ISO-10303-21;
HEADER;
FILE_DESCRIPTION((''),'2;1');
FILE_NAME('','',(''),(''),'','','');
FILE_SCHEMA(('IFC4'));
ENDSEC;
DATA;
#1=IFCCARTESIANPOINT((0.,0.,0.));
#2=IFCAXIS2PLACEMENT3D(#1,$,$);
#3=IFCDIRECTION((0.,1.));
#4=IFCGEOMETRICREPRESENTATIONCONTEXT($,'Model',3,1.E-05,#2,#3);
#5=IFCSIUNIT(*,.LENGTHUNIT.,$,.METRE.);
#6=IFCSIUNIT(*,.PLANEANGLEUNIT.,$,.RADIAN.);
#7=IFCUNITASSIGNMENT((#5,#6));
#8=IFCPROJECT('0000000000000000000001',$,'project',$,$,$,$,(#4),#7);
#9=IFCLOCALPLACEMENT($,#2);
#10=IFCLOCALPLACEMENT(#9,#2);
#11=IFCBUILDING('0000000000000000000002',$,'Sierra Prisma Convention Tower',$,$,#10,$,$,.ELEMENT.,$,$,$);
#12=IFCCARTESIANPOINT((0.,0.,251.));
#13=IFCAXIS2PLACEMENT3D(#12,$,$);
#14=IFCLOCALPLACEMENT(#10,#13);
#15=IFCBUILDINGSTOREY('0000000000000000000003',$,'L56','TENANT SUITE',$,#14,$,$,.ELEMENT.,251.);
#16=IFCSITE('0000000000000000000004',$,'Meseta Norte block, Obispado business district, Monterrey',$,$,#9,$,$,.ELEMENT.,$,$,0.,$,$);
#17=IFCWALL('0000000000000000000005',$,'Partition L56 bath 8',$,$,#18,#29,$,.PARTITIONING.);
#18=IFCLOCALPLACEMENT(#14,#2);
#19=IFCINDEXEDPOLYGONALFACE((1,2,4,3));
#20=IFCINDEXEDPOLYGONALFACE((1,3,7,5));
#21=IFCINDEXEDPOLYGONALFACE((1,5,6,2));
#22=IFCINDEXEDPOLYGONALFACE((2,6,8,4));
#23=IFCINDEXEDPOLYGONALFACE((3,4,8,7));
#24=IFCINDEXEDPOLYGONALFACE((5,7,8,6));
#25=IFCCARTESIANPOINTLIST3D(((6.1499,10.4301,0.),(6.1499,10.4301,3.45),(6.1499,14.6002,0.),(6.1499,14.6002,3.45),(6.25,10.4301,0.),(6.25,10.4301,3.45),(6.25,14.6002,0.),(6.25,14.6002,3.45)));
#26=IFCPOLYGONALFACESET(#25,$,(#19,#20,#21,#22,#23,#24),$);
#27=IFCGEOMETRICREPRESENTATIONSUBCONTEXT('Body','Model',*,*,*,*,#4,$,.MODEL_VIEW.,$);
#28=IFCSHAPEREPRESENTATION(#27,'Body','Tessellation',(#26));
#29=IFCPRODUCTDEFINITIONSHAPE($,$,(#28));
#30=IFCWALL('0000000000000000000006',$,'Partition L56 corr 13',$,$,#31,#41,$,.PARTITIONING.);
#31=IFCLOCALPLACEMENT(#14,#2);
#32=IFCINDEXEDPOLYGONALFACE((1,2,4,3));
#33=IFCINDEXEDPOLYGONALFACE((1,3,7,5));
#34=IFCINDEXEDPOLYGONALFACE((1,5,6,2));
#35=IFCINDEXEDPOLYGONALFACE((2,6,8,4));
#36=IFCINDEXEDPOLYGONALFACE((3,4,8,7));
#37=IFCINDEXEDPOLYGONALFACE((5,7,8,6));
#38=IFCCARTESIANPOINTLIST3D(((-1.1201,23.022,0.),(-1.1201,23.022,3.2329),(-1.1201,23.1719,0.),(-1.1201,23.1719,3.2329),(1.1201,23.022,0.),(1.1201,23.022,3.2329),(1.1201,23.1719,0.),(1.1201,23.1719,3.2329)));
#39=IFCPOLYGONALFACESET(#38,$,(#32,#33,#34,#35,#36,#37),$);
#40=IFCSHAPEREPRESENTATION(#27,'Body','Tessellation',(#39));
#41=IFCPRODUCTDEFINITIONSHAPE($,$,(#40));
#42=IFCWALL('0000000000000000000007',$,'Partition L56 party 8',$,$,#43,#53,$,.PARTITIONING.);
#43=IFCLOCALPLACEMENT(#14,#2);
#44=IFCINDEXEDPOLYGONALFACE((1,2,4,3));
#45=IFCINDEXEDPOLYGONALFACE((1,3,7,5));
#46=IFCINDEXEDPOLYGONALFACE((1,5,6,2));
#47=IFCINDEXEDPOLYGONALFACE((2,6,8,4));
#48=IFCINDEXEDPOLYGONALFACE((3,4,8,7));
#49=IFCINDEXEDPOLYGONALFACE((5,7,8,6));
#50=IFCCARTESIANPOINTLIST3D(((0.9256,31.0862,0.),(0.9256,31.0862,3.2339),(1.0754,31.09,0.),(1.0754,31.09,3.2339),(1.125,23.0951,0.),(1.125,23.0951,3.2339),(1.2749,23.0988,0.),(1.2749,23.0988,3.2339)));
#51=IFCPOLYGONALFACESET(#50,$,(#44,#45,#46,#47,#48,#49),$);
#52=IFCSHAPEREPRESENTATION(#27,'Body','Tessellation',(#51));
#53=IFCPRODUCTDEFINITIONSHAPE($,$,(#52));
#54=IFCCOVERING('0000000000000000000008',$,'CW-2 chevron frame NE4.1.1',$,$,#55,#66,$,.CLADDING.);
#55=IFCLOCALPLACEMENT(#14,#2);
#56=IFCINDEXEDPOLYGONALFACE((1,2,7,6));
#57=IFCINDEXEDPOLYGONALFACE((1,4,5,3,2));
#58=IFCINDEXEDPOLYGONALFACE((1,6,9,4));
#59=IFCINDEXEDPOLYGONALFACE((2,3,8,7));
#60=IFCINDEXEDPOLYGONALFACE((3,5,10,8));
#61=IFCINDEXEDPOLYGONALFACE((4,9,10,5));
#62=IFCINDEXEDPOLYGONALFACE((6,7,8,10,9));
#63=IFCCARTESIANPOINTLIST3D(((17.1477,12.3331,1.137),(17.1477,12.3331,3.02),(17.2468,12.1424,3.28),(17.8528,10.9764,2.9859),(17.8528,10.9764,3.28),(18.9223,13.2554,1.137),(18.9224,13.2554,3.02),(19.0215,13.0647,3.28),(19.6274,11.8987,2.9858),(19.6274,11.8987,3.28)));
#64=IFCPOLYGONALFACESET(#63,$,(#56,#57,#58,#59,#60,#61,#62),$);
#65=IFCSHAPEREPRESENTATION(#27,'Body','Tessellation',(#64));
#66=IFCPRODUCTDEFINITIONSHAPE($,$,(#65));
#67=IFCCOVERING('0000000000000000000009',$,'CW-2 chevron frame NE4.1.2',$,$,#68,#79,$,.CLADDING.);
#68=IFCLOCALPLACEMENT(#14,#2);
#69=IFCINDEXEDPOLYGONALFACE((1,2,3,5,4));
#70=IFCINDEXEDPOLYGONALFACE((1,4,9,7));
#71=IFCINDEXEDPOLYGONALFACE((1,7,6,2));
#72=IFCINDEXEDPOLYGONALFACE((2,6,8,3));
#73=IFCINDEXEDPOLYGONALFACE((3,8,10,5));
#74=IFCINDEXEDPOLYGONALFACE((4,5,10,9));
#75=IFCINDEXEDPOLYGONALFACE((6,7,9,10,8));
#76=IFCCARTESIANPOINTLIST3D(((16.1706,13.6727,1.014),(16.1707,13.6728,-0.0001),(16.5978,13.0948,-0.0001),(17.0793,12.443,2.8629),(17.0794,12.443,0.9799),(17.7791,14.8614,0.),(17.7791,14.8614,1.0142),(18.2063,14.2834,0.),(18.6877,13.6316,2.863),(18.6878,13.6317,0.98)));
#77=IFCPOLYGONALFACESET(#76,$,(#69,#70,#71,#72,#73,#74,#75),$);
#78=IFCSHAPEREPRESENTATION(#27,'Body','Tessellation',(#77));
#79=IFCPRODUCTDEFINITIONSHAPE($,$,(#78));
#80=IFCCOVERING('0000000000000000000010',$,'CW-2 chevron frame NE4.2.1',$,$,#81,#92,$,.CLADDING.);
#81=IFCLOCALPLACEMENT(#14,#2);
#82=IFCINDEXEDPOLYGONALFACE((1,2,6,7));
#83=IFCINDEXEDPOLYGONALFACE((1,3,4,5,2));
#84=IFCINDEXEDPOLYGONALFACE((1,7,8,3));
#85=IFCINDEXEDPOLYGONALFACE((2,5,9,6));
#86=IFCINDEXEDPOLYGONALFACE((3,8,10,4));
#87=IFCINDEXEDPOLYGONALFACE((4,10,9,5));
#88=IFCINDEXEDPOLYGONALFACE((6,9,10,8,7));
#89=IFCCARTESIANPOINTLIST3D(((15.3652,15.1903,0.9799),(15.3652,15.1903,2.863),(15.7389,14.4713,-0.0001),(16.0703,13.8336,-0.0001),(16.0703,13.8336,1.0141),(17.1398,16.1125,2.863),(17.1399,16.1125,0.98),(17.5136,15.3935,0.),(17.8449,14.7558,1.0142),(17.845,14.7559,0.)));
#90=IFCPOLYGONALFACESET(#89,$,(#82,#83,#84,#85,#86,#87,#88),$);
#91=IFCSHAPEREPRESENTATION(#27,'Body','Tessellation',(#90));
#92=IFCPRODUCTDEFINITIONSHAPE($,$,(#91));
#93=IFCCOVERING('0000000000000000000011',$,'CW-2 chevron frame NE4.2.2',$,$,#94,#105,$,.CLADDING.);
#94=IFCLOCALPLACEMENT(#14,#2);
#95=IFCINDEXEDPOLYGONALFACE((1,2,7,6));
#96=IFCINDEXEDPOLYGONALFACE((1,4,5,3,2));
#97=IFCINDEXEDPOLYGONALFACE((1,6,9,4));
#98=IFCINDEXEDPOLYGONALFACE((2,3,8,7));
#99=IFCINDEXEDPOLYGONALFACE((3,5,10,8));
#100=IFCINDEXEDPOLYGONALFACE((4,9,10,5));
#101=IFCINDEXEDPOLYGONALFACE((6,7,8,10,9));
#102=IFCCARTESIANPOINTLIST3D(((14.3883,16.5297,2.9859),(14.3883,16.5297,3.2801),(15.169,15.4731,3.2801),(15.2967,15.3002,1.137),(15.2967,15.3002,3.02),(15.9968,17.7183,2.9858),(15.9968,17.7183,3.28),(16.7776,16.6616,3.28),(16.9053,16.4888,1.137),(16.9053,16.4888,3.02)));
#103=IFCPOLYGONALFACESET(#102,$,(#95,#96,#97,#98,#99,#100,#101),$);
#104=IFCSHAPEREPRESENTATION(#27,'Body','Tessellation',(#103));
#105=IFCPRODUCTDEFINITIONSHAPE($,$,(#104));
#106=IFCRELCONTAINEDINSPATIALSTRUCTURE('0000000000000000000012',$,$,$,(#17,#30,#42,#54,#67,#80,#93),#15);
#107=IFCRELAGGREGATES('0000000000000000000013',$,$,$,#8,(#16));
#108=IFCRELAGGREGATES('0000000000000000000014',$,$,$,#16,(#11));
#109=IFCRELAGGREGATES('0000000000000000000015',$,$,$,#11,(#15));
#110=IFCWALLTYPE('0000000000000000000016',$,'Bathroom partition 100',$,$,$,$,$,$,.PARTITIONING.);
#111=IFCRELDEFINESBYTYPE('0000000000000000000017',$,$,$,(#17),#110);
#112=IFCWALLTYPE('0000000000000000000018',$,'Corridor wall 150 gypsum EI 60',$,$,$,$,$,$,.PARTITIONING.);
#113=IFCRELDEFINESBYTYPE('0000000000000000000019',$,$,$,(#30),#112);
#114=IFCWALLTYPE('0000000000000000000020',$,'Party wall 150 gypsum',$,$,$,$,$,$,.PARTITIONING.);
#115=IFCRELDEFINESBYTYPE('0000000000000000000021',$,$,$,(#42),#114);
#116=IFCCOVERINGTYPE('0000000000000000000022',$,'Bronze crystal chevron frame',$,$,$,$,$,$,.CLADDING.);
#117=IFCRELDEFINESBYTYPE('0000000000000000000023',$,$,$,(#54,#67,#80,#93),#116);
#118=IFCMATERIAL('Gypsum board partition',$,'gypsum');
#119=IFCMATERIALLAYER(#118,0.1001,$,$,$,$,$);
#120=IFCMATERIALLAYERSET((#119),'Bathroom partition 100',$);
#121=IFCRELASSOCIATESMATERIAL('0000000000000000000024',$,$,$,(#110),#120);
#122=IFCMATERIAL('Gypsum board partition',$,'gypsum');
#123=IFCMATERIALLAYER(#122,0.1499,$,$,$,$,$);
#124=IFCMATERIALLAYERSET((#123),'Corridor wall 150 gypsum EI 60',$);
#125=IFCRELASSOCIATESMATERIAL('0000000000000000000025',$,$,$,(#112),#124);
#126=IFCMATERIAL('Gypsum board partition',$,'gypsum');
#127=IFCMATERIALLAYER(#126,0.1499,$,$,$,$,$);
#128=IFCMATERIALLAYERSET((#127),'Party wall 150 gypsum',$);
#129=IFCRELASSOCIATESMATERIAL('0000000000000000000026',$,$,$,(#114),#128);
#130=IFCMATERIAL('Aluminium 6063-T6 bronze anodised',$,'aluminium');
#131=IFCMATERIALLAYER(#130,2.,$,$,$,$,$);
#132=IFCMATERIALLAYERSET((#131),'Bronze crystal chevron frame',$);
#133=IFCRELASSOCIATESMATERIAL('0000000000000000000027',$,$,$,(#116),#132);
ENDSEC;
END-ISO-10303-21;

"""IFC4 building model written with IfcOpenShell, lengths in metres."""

from ifc_helpers import new_model, si_unit, direction, frame, frame_2d, origin, place, context, subcontext, project, spatial, polyline, rectangle, outline, extrude, material, layer, layer_set, type_object, element, save


model = new_model("IFC4")

# Units and contexts
model_context = context("Model", 3, precision=1e-05, world=origin(), true_north=direction((0.0, 1.0)))
body_context = subcontext(model_context, "Body", "Model", "MODEL_VIEW")
ifc_project = project(units=[si_unit("LENGTHUNIT", "METRE"), si_unit("PLANEANGLEUNIT", "RADIAN")], contexts=[model_context])

# Site, building, storey
site_placement = place(None, origin())
site = spatial("IfcSite", under=ifc_project, at=site_placement, Name="Meseta Norte block, Obispado business district, Monterrey", CompositionType="ELEMENT", RefElevation=0.0)
building_placement = place(site_placement, origin())
building = spatial("IfcBuilding", under=site, at=building_placement, Name="Sierra Prisma Convention Tower", CompositionType="ELEMENT")
storey_placement = place(building_placement, frame((0.0, 0.0, 251.0)))
storey = spatial("IfcBuildingStorey", under=building, at=storey_placement, Name="L56", Description="TENANT SUITE", CompositionType="ELEMENT", Elevation=251.0)

# Walls
ifc_material_1 = material(Name="Gypsum board partition", Category="gypsum")
ifc_layer_1 = layer(ifc_material_1, 0.1001)
ifc_layer_set_1 = layer_set([ifc_layer_1], Name="Bathroom partition 100")
wall_type_1 = type_object("IfcWallType", Name="Bathroom partition 100", PredefinedType="PARTITIONING", material=ifc_layer_set_1)
wall_1_placement = place(storey_placement, frame((6.2, 14.6001, 0.0), z_axis=(0.0, 0.0, 1.0), x_axis=(0.0, -1.0, 0.0)))
element("IfcWall", 1, at=wall_1_placement, inside=storey, type_object=wall_type_1, Name="Partition L56 bath 8", PredefinedType="PARTITIONING", context=body_context, shape_type="SweptSolid", body=[
    extrude(rectangle(XDim=4.1702, YDim=0.1001, at=frame_2d((2.085, 0.0))), origin(), (0.0, 0.0, 1.0), 3.45),
])
ifc_material_2 = material(Name="Gypsum board partition", Category="gypsum")
ifc_layer_2 = layer(ifc_material_2, 0.1499)
ifc_layer_set_2 = layer_set([ifc_layer_2], Name="Corridor wall 150 gypsum EI 60")
wall_type_2 = type_object("IfcWallType", Name="Corridor wall 150 gypsum EI 60", PredefinedType="PARTITIONING", material=ifc_layer_set_2)
wall_2_placement = place(storey_placement, frame((1.1201, 23.0969, 0.0), z_axis=(0.0, 0.0, 1.0), x_axis=(-1.0, 0.0, 0.0)))
element("IfcWall", 2, at=wall_2_placement, inside=storey, type_object=wall_type_2, Name="Partition L56 corr 13", PredefinedType="PARTITIONING", context=body_context, shape_type="SweptSolid", body=[
    extrude(rectangle(XDim=2.2402, YDim=0.1499, at=frame_2d((1.1201, 0.0))), origin(), (0.0, 0.0, 1.0), 3.2329),
])
ifc_material_3 = material(Name="Gypsum board partition", Category="gypsum")
ifc_layer_3 = layer(ifc_material_3, 0.1499)
ifc_layer_set_3 = layer_set([ifc_layer_3], Name="Party wall 150 gypsum")
wall_type_3 = type_object("IfcWallType", Name="Party wall 150 gypsum", PredefinedType="PARTITIONING", material=ifc_layer_set_3)
wall_3_placement = place(storey_placement, frame((1.2, 23.0969, 0.0), z_axis=(0.0, 0.0, 1.0), x_axis=(-0.024953, 0.999689, 0.0)))
element("IfcWall", 3, at=wall_3_placement, inside=storey, type_object=wall_type_3, Name="Partition L56 party 8", PredefinedType="PARTITIONING", context=body_context, shape_type="SweptSolid", body=[
    extrude(rectangle(XDim=7.9937, YDim=0.1499, at=frame_2d((3.9968, 0.0))), origin(), (0.0, 0.0, 1.0), 3.2339),
])

# Coverings
ifc_material_4 = material(Name="Aluminium 6063-T6 bronze anodised", Category="aluminium")
ifc_layer_4 = layer(ifc_material_4, 2.0)
ifc_layer_set_4 = layer_set([ifc_layer_4], Name="Bronze crystal chevron frame")
covering_type = type_object("IfcCoveringType", Name="Bronze crystal chevron frame", PredefinedType="CLADDING", material=ifc_layer_set_4)
covering_1_placement = place(storey_placement, frame((19.6274, 11.8987, 3.28), z_axis=(0.887325, 0.461145, -0.00001), x_axis=(-0.000009, -0.000005, -1.0)))
element("IfcCovering", 4, at=covering_1_placement, inside=storey, type_object=covering_type, Name="CW-2 chevron frame NE4.1.1", PredefinedType="CLADDING", context=body_context, shape_type="SweptSolid", body=[
    extrude(outline(polyline([(0.0, 0.0), (0.2942, 0.0), (2.1431, 1.529), (0.26, 1.529), (0.0, 1.3141), (0.0, 0.0)])), origin(), (0.0, 0.0, -1.0), 2.0),
])
covering_2_placement = place(storey_placement, frame((18.6877, 13.6316, 2.863), z_axis=(0.804231, 0.594316, 0.000055), x_axis=(0.000045, 0.000033, -1.0)))
element("IfcCovering", 5, at=covering_2_placement, inside=storey, type_object=covering_type, Name="CW-2 chevron frame NE4.1.2", PredefinedType="CLADDING", context=body_context, shape_type="SweptSolid", body=[
    extrude(outline(polyline([(0.0, 0.0), (1.8831, 0.0), (2.863, 0.8104), (2.863, 1.529), (1.8489, 1.529), (0.0, 0.0)])), origin(), (0.0, 0.0, -1.0), 2.0),
])
covering_3_placement = place(storey_placement, frame((17.845, 14.7559, 0.0), z_axis=(0.887333, 0.461129, 0.00003), x_axis=(-0.461129, 0.887333, 0.0)))
element("IfcCovering", 6, at=covering_3_placement, inside=storey, type_object=covering_type, Name="CW-2 chevron frame NE4.2.1", PredefinedType="CLADDING", context=body_context, shape_type="SweptSolid", body=[
    extrude(outline(polyline([(0.0, 0.0), (0.7186, 0.0), (1.529, 0.98), (1.529, 2.863), (0.0, 1.0142), (0.0, 0.0)])), origin(), (0.0, 0.0, -1.0), 2.0),
])
covering_4_placement = place(storey_placement, frame((15.9968, 17.7183, 3.28), z_axis=(0.804271, 0.594262, -0.00001), x_axis=(0.594262, -0.804271, 0.0)))
element("IfcCovering", 7, at=covering_4_placement, inside=storey, type_object=covering_type, Name="CW-2 chevron frame NE4.2.2", PredefinedType="CLADDING", context=body_context, shape_type="SweptSolid", body=[
    extrude(outline(polyline([(0.0, 0.0), (1.3138, 0.0), (1.5287, 0.26), (1.5287, 2.1431), (0.0, 0.2942), (0.0, 0.0)])), origin(), (0.0, 0.0, -1.0), 2.0),
])

save(model, "model.ifc")
